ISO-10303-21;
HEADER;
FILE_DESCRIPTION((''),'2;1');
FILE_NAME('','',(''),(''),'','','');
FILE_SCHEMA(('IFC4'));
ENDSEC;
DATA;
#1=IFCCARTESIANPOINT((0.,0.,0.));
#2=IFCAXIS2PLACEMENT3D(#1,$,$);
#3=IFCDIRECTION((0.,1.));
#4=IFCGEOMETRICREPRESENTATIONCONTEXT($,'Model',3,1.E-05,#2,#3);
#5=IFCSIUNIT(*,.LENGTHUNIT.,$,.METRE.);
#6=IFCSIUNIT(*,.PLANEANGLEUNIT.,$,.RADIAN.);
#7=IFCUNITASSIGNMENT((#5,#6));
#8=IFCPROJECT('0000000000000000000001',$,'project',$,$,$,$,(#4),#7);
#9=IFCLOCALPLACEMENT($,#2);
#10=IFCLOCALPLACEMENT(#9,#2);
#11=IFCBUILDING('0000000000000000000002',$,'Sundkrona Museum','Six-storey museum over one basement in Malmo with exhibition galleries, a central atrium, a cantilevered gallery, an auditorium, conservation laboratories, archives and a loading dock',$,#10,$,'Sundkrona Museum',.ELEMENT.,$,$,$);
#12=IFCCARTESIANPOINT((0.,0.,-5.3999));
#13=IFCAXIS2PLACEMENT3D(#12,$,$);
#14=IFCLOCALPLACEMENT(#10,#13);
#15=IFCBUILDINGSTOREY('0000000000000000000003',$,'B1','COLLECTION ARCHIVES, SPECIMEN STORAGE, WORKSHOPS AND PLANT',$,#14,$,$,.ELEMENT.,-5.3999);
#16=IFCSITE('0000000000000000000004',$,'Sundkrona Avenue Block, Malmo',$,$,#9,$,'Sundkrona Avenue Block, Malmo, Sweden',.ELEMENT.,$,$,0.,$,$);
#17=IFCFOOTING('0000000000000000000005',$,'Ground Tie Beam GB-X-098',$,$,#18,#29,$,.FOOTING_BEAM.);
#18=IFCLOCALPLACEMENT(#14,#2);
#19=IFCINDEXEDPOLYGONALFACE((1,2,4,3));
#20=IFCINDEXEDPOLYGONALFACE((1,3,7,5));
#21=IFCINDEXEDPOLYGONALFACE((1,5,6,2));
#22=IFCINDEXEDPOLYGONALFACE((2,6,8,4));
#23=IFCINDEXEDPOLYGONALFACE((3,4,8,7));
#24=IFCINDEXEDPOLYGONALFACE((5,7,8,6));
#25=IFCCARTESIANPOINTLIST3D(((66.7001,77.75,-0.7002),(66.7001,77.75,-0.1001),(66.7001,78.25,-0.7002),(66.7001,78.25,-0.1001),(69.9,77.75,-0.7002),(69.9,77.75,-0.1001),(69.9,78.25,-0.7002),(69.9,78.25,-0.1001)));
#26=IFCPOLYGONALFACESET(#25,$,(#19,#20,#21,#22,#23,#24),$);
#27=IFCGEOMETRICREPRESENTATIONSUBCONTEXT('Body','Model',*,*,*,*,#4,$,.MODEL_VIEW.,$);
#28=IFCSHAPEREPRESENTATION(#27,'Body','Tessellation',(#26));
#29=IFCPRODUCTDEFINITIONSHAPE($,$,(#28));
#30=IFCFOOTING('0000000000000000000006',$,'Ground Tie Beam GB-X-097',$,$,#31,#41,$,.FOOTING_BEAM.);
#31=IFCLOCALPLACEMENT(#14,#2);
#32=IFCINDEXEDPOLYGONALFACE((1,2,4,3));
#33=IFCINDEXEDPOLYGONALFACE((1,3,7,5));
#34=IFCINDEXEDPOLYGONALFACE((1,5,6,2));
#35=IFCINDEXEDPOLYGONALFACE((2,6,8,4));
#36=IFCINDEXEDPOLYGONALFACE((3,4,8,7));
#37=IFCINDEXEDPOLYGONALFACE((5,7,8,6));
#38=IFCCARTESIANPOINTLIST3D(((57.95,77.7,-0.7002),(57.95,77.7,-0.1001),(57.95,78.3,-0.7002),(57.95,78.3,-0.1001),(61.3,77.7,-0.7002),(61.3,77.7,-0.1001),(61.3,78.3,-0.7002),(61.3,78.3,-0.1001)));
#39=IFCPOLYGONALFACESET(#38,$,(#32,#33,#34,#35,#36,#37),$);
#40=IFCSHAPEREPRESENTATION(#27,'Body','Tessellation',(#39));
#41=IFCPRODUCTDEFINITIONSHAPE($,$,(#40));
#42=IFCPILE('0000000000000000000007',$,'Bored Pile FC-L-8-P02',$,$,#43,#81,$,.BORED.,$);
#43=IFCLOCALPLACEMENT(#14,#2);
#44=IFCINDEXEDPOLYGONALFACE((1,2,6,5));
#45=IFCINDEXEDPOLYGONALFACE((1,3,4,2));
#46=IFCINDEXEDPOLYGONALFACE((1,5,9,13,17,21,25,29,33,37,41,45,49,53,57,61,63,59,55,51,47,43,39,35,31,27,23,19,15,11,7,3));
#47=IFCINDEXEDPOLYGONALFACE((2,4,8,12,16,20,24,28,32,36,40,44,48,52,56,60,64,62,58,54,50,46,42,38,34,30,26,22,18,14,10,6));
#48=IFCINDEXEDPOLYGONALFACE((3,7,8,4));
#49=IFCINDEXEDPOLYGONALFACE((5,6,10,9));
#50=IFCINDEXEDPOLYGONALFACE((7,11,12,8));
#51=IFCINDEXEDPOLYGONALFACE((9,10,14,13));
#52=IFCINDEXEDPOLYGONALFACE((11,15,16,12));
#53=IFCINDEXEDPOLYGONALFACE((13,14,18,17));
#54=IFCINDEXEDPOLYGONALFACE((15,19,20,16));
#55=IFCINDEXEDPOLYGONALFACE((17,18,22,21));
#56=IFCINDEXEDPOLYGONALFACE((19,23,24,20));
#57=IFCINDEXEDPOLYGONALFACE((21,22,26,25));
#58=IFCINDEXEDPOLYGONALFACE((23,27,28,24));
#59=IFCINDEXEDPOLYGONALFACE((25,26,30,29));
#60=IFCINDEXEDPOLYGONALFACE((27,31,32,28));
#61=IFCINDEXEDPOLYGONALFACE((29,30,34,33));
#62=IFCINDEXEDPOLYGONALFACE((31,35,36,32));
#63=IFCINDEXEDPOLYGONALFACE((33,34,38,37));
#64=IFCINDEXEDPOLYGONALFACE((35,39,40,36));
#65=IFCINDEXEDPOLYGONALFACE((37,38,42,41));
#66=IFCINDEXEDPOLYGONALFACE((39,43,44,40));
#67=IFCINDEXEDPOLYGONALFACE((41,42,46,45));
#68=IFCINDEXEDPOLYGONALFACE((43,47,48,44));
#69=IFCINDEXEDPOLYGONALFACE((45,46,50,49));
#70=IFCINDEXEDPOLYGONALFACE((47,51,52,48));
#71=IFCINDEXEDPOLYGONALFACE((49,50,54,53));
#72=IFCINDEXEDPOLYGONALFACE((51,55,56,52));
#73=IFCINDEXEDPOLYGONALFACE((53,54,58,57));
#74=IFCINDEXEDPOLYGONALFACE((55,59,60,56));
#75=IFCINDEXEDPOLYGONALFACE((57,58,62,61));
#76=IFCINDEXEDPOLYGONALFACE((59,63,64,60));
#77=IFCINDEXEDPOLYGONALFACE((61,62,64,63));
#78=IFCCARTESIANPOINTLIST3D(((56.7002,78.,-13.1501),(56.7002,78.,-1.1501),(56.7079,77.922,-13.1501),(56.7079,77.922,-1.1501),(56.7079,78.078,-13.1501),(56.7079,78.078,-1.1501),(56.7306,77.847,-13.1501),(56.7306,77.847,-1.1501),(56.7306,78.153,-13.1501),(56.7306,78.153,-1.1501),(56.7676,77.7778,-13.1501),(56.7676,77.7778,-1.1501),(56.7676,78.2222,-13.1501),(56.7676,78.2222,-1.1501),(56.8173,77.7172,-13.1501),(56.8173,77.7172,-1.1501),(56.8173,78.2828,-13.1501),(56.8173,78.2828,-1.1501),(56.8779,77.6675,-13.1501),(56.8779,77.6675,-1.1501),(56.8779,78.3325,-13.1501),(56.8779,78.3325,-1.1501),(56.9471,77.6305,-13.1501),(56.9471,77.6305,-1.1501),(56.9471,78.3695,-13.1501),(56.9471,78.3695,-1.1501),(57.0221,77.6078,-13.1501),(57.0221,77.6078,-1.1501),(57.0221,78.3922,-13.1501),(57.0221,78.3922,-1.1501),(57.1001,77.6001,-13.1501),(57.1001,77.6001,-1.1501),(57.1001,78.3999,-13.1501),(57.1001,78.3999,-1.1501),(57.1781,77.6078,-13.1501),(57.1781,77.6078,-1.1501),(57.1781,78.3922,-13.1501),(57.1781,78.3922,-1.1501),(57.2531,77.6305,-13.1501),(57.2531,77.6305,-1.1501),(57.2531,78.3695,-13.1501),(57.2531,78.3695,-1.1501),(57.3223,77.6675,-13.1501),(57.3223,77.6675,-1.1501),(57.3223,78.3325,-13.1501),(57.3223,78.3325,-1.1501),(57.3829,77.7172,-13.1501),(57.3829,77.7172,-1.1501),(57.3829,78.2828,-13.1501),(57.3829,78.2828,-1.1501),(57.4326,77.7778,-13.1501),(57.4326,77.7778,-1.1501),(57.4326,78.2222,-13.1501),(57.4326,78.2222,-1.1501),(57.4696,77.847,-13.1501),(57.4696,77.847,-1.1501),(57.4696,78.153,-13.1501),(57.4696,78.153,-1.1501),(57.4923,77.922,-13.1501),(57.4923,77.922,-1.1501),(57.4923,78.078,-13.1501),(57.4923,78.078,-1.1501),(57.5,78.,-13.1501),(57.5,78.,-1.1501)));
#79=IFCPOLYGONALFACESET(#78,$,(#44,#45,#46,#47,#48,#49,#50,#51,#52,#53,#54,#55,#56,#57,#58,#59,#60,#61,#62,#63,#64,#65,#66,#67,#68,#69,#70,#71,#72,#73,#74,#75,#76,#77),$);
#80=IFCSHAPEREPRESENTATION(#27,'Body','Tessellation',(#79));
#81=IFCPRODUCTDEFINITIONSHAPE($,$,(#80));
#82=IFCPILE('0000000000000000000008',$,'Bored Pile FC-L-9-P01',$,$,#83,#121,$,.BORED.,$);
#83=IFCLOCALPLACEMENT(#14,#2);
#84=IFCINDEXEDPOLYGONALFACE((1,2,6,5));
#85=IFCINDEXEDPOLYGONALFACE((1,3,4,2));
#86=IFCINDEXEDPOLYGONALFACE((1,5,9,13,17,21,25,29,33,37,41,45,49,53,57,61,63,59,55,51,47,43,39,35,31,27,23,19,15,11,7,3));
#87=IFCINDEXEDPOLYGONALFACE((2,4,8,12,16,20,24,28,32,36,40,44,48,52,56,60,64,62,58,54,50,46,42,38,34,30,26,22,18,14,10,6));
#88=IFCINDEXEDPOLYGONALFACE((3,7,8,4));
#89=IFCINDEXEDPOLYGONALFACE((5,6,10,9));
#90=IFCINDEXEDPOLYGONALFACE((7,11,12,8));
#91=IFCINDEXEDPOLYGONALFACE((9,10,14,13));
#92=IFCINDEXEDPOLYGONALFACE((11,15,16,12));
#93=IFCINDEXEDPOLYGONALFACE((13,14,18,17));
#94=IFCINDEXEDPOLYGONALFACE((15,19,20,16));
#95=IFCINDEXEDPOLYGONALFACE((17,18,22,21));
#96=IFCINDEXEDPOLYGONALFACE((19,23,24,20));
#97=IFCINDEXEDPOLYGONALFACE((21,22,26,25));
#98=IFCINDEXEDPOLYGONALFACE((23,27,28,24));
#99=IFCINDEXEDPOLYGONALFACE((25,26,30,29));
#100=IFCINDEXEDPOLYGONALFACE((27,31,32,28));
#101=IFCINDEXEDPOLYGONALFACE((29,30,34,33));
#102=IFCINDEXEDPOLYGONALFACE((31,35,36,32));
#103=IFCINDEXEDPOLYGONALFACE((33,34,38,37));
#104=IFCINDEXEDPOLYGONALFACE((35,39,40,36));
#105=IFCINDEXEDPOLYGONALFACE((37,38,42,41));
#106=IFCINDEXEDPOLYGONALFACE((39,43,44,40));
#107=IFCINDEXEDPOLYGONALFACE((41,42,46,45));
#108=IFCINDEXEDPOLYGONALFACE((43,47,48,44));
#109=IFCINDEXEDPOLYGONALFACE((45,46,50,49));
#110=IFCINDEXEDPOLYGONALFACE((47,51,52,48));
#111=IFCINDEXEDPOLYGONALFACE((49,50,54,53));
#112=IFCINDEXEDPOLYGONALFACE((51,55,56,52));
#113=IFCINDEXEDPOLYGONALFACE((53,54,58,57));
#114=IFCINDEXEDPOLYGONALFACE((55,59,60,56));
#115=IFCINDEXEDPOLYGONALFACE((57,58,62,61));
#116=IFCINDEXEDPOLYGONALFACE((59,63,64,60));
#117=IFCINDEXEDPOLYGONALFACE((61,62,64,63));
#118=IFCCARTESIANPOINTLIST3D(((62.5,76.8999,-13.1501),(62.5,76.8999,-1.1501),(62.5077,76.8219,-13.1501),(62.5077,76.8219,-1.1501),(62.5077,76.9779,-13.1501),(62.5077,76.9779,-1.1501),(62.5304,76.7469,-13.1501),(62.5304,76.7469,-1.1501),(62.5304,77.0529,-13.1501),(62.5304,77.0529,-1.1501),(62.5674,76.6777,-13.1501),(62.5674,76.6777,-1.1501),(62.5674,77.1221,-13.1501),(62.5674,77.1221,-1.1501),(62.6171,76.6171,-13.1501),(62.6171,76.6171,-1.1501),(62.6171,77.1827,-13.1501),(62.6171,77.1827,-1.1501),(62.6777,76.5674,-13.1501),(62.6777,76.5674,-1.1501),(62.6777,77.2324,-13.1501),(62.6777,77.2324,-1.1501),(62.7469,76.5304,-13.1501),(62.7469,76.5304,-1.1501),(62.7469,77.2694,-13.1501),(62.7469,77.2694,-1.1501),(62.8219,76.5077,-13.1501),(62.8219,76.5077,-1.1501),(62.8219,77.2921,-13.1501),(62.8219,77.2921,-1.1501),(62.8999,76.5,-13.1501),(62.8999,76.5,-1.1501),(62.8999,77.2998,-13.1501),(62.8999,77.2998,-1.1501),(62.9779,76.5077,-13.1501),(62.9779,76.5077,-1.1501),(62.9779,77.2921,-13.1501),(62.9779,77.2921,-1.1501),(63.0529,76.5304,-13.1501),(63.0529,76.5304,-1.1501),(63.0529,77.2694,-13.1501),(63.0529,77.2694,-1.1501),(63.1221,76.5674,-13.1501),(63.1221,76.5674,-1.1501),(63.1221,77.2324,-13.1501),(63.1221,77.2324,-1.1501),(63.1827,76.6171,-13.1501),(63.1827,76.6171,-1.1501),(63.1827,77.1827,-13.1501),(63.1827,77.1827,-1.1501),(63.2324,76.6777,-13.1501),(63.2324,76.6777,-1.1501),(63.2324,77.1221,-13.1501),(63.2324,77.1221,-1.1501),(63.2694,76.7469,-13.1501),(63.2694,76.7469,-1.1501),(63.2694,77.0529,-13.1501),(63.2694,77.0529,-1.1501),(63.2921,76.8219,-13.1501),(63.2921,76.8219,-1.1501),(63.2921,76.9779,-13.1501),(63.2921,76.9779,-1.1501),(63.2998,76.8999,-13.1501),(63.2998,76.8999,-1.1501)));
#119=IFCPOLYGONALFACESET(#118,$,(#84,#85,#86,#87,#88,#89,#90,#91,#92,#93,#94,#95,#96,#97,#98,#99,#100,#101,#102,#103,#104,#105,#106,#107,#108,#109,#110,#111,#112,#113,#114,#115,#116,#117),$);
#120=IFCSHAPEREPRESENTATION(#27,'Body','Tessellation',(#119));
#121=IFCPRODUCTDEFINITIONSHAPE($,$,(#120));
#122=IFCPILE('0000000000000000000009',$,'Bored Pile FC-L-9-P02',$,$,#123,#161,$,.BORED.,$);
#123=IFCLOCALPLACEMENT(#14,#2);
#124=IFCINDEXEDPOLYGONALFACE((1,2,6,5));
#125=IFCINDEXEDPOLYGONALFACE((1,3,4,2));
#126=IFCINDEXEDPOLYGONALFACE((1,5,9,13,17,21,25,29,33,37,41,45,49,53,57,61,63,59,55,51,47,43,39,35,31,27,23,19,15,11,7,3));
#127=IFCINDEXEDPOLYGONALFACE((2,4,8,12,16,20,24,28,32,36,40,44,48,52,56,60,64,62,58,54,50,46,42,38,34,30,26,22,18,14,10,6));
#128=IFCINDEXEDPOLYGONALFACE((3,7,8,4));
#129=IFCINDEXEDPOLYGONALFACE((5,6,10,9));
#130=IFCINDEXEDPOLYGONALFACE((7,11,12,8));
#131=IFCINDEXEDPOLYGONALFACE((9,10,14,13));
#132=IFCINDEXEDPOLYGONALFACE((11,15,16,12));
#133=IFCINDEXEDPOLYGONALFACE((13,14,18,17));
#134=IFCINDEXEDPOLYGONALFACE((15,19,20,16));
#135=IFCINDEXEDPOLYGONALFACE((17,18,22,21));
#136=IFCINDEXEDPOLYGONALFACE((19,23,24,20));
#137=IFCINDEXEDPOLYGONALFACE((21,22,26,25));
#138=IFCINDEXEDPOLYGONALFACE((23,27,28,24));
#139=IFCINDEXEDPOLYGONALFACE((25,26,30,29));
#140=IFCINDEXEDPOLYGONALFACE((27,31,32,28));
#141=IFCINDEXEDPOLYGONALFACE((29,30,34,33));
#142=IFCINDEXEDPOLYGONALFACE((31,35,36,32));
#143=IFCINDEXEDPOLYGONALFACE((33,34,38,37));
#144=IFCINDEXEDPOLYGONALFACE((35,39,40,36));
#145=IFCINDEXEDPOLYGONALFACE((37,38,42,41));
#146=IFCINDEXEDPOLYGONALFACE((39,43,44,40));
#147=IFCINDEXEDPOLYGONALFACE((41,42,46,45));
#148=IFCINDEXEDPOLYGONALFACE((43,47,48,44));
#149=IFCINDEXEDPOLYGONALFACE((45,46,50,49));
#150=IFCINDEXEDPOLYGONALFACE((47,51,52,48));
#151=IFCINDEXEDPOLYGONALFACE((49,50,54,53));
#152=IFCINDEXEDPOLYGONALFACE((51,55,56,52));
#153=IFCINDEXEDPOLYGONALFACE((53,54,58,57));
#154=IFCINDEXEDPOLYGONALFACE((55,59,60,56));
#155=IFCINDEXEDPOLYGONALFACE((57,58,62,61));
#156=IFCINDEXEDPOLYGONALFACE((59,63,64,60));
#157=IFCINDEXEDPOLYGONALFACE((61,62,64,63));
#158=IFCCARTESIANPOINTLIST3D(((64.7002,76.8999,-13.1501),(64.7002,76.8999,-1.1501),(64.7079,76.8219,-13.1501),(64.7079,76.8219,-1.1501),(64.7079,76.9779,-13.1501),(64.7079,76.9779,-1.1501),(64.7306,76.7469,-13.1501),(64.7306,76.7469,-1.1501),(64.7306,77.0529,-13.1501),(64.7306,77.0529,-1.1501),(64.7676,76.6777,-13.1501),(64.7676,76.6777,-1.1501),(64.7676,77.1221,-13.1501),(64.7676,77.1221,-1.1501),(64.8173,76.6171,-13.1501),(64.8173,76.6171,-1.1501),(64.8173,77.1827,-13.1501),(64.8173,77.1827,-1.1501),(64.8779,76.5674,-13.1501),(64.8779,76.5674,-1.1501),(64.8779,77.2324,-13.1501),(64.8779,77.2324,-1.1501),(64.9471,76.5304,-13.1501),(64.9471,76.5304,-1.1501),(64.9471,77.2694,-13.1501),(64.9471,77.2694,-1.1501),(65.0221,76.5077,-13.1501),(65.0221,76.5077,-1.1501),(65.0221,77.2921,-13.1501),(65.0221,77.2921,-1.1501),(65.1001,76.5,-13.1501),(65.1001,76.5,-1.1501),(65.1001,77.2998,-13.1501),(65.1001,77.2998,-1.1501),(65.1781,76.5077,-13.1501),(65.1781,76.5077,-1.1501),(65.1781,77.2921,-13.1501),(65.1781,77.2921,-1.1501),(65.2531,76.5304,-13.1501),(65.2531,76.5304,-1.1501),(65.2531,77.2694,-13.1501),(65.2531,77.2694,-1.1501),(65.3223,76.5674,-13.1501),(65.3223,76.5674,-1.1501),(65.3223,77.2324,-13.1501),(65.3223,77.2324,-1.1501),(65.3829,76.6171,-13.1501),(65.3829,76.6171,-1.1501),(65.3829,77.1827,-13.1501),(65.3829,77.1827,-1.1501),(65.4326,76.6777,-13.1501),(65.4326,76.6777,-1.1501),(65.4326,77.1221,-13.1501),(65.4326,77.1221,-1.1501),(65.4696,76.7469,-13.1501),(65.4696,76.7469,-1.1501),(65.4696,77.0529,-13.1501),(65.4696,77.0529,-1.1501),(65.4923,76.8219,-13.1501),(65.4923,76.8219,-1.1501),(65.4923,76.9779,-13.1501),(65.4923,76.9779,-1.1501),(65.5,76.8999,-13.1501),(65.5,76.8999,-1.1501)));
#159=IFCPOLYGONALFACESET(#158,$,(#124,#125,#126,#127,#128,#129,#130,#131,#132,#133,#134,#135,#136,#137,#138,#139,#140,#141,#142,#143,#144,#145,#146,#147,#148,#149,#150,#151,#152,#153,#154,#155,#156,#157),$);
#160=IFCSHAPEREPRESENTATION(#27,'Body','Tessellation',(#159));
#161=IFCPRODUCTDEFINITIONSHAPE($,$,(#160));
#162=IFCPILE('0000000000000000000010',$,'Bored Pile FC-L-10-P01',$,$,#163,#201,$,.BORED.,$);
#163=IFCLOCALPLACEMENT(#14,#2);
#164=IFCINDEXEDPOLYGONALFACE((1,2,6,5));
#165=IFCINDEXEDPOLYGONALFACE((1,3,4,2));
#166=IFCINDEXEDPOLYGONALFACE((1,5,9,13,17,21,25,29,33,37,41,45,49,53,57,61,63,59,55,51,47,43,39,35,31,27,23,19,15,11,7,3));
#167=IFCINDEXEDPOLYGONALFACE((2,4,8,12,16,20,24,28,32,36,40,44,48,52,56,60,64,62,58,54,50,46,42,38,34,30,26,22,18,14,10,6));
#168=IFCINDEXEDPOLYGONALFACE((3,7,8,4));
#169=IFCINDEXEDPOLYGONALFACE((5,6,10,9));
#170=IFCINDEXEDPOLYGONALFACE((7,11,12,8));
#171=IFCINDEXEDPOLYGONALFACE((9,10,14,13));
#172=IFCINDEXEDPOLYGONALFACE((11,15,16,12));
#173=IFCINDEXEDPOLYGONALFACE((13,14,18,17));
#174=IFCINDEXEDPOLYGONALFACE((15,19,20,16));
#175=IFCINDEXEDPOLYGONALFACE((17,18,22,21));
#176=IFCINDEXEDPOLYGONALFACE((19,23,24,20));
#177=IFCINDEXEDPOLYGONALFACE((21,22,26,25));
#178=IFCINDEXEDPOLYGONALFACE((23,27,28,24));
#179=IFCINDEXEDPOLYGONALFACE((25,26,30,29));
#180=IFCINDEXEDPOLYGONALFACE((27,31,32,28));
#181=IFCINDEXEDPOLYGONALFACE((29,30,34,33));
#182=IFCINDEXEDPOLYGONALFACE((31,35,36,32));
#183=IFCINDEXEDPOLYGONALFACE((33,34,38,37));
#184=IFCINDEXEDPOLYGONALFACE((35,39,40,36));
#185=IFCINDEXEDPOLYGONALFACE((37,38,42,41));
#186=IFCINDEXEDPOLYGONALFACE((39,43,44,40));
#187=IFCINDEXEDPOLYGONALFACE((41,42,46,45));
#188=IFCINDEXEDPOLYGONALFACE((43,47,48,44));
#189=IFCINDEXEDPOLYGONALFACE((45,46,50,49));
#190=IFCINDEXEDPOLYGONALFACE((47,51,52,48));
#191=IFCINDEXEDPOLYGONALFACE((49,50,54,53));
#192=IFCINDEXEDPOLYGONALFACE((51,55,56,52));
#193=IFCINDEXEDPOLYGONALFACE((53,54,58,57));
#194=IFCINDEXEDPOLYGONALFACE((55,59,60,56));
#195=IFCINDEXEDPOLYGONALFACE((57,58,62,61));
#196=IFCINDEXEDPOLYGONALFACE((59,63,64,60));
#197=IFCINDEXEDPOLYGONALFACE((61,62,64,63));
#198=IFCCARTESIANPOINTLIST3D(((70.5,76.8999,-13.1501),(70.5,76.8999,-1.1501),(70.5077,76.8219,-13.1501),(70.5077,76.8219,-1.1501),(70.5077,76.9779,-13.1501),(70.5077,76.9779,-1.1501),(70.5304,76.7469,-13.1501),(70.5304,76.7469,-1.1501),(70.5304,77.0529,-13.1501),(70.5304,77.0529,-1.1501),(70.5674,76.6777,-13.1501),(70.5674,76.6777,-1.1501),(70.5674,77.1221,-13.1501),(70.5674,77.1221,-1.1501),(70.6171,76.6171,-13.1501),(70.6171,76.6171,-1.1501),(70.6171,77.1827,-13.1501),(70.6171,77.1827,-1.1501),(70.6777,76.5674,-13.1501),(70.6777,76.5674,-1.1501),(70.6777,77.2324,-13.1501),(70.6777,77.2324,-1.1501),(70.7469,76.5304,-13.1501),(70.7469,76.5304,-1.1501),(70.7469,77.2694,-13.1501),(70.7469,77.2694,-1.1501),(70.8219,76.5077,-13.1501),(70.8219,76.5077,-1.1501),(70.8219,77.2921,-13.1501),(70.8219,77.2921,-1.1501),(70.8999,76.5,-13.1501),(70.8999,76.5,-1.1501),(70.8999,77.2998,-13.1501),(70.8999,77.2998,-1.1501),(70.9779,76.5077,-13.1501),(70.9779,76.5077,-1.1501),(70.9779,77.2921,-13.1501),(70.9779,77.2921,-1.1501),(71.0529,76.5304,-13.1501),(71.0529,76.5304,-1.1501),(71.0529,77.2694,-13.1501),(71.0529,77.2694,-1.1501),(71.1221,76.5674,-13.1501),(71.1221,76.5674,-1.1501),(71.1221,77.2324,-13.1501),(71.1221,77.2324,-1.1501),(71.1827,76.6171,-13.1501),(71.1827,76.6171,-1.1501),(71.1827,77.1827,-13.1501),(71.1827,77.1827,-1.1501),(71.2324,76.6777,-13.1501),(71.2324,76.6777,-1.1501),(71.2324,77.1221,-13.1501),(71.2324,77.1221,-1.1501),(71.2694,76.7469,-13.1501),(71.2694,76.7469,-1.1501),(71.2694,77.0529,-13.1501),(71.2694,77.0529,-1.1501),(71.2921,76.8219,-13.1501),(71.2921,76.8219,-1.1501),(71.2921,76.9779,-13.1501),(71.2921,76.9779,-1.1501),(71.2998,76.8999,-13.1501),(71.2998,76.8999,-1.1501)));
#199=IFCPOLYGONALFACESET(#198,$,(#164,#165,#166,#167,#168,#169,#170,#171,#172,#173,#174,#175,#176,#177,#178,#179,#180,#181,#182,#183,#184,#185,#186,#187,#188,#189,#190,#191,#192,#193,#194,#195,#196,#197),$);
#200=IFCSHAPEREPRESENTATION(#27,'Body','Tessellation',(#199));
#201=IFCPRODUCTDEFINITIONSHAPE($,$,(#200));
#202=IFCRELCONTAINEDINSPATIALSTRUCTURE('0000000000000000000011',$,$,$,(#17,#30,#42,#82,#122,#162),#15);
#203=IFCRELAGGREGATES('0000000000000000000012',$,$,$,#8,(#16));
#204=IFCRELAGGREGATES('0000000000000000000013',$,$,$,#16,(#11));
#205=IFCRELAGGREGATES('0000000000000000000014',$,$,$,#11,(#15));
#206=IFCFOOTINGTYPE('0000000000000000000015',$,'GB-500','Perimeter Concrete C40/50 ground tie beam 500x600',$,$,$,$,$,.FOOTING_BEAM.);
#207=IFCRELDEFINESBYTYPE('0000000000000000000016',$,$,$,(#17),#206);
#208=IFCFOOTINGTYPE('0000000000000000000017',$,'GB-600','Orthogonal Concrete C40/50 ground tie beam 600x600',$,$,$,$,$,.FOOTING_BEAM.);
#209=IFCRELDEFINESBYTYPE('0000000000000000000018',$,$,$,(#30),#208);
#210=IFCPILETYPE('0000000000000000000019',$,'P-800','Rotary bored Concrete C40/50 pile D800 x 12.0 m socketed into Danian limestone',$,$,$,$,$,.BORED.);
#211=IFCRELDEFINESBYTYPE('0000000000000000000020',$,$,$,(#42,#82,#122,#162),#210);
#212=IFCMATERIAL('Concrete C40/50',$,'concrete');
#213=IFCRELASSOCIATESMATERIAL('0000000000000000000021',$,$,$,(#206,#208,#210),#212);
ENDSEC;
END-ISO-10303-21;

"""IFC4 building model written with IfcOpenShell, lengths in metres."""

from ifc_helpers import new_model, si_unit, direction, frame, origin, origin_2d, place, context, subcontext, project, spatial, rectangle, circle, extrude, material, material_profile, profile_set, type_object, element, save


model = new_model("IFC4")

# Units and contexts
model_context = context("Model", 3, precision=1e-05, world=origin(), true_north=direction((0.0, 1.0)))
body_context = subcontext(model_context, "Body", "Model", "MODEL_VIEW")
ifc_project = project(units=[si_unit("LENGTHUNIT", "METRE"), si_unit("PLANEANGLEUNIT", "RADIAN")], contexts=[model_context])

# Site, building, storey
site_placement = place(None, origin())
site = spatial("IfcSite", under=ifc_project, at=site_placement, Name="Sundkrona Avenue Block, Malmo", LongName="Sundkrona Avenue Block, Malmo, Sweden", CompositionType="ELEMENT", RefElevation=0.0)
building_placement = place(site_placement, origin())
building = spatial("IfcBuilding", under=site, at=building_placement, Name="Sundkrona Museum", Description="Six-storey museum over one basement in Malmo with exhibition galleries, a central atrium, a cantilevered gallery, an auditorium, conservation laboratories, archives and a loading dock", LongName="Sundkrona Museum", CompositionType="ELEMENT")
storey_placement = place(building_placement, frame((0.0, 0.0, -5.3999)))
storey = spatial("IfcBuildingStorey", under=building, at=storey_placement, Name="B1", Description="COLLECTION ARCHIVES, SPECIMEN STORAGE, WORKSHOPS AND PLANT", CompositionType="ELEMENT", Elevation=-5.3999)

# Footings
ifc_material_1 = material(Name="Concrete C40/50", Category="concrete")
footing_type_1 = type_object("IfcFootingType", Name="GB-500", Description="Perimeter Concrete C40/50 ground tie beam 500x600", PredefinedType="FOOTING_BEAM", material=ifc_material_1)
footing_1_placement = place(storey_placement, frame((68.3, 78.0, -0.7002), z_axis=(0.0, 0.0, 1.0), x_axis=(1.0, 0.0, 0.0)))
element("IfcFooting", 1, at=footing_1_placement, inside=storey, type_object=footing_type_1, Name="Ground Tie Beam GB-X-098", PredefinedType="FOOTING_BEAM", context=body_context, shape_type="SweptSolid", body=[
    extrude(rectangle(XDim=3.2, YDim=0.5, at=origin_2d()), origin(), (0.0, 0.0, 1.0), 0.6001),
])
footing_type_2 = type_object("IfcFootingType", Name="GB-600", Description="Orthogonal Concrete C40/50 ground tie beam 600x600", PredefinedType="FOOTING_BEAM", material=ifc_material_1)
footing_2_placement = place(storey_placement, frame((59.625, 78.0, -0.7002), z_axis=(0.0, 0.0, 1.0), x_axis=(1.0, 0.0, 0.0)))
element("IfcFooting", 2, at=footing_2_placement, inside=storey, type_object=footing_type_2, Name="Ground Tie Beam GB-X-097", PredefinedType="FOOTING_BEAM", context=body_context, shape_type="SweptSolid", body=[
    extrude(rectangle(XDim=3.3501, YDim=0.6001, at=origin_2d()), origin(), (0.0, 0.0, 1.0), 0.6001),
])

# Piles
ifc_material_profile_1 = material_profile(ifc_material_1, circle(Radius=0.3999, at=origin_2d()), Name="PILE D800")
ifc_profile_set_1 = profile_set([ifc_material_profile_1], Name="Concrete C40/50")
pile_type = type_object("IfcPileType", Name="P-800", Description="Rotary bored Concrete C40/50 pile D800 x 12.0 m socketed into Danian limestone", PredefinedType="BORED", material=ifc_profile_set_1)
for number, where, z_axis, x_axis, name in (
    (3, (57.1001, 78.0, -1.1501), (0.0, 0.0, -1.0), (1.0, 0.0, 0.0), "Bored Pile FC-L-8-P02"),
    (4, (62.8999, 76.8999, -1.1501), (0.0, 0.0, -1.0), (1.0, 0.0, 0.0), "Bored Pile FC-L-9-P01"),
    (5, (65.1001, 76.8999, -1.1501), (0.0, 0.0, -1.0), (1.0, 0.0, 0.0), "Bored Pile FC-L-9-P02"),
    (6, (70.8999, 76.8999, -1.1501), (0.0, 0.0, -1.0), (1.0, 0.0, 0.0), "Bored Pile FC-L-10-P01"),
):
    element("IfcPile", number, at=place(storey_placement, frame(where, z_axis=z_axis, x_axis=x_axis)), inside=storey, type_object=pile_type, Name=name, PredefinedType="BORED", context=body_context, shape_type="SweptSolid", body=[
        extrude(circle(Radius=0.3999, at=origin_2d()), origin(), (0.0, 0.0, 1.0), 12.0),
    ])

save(model, "model.ifc")
